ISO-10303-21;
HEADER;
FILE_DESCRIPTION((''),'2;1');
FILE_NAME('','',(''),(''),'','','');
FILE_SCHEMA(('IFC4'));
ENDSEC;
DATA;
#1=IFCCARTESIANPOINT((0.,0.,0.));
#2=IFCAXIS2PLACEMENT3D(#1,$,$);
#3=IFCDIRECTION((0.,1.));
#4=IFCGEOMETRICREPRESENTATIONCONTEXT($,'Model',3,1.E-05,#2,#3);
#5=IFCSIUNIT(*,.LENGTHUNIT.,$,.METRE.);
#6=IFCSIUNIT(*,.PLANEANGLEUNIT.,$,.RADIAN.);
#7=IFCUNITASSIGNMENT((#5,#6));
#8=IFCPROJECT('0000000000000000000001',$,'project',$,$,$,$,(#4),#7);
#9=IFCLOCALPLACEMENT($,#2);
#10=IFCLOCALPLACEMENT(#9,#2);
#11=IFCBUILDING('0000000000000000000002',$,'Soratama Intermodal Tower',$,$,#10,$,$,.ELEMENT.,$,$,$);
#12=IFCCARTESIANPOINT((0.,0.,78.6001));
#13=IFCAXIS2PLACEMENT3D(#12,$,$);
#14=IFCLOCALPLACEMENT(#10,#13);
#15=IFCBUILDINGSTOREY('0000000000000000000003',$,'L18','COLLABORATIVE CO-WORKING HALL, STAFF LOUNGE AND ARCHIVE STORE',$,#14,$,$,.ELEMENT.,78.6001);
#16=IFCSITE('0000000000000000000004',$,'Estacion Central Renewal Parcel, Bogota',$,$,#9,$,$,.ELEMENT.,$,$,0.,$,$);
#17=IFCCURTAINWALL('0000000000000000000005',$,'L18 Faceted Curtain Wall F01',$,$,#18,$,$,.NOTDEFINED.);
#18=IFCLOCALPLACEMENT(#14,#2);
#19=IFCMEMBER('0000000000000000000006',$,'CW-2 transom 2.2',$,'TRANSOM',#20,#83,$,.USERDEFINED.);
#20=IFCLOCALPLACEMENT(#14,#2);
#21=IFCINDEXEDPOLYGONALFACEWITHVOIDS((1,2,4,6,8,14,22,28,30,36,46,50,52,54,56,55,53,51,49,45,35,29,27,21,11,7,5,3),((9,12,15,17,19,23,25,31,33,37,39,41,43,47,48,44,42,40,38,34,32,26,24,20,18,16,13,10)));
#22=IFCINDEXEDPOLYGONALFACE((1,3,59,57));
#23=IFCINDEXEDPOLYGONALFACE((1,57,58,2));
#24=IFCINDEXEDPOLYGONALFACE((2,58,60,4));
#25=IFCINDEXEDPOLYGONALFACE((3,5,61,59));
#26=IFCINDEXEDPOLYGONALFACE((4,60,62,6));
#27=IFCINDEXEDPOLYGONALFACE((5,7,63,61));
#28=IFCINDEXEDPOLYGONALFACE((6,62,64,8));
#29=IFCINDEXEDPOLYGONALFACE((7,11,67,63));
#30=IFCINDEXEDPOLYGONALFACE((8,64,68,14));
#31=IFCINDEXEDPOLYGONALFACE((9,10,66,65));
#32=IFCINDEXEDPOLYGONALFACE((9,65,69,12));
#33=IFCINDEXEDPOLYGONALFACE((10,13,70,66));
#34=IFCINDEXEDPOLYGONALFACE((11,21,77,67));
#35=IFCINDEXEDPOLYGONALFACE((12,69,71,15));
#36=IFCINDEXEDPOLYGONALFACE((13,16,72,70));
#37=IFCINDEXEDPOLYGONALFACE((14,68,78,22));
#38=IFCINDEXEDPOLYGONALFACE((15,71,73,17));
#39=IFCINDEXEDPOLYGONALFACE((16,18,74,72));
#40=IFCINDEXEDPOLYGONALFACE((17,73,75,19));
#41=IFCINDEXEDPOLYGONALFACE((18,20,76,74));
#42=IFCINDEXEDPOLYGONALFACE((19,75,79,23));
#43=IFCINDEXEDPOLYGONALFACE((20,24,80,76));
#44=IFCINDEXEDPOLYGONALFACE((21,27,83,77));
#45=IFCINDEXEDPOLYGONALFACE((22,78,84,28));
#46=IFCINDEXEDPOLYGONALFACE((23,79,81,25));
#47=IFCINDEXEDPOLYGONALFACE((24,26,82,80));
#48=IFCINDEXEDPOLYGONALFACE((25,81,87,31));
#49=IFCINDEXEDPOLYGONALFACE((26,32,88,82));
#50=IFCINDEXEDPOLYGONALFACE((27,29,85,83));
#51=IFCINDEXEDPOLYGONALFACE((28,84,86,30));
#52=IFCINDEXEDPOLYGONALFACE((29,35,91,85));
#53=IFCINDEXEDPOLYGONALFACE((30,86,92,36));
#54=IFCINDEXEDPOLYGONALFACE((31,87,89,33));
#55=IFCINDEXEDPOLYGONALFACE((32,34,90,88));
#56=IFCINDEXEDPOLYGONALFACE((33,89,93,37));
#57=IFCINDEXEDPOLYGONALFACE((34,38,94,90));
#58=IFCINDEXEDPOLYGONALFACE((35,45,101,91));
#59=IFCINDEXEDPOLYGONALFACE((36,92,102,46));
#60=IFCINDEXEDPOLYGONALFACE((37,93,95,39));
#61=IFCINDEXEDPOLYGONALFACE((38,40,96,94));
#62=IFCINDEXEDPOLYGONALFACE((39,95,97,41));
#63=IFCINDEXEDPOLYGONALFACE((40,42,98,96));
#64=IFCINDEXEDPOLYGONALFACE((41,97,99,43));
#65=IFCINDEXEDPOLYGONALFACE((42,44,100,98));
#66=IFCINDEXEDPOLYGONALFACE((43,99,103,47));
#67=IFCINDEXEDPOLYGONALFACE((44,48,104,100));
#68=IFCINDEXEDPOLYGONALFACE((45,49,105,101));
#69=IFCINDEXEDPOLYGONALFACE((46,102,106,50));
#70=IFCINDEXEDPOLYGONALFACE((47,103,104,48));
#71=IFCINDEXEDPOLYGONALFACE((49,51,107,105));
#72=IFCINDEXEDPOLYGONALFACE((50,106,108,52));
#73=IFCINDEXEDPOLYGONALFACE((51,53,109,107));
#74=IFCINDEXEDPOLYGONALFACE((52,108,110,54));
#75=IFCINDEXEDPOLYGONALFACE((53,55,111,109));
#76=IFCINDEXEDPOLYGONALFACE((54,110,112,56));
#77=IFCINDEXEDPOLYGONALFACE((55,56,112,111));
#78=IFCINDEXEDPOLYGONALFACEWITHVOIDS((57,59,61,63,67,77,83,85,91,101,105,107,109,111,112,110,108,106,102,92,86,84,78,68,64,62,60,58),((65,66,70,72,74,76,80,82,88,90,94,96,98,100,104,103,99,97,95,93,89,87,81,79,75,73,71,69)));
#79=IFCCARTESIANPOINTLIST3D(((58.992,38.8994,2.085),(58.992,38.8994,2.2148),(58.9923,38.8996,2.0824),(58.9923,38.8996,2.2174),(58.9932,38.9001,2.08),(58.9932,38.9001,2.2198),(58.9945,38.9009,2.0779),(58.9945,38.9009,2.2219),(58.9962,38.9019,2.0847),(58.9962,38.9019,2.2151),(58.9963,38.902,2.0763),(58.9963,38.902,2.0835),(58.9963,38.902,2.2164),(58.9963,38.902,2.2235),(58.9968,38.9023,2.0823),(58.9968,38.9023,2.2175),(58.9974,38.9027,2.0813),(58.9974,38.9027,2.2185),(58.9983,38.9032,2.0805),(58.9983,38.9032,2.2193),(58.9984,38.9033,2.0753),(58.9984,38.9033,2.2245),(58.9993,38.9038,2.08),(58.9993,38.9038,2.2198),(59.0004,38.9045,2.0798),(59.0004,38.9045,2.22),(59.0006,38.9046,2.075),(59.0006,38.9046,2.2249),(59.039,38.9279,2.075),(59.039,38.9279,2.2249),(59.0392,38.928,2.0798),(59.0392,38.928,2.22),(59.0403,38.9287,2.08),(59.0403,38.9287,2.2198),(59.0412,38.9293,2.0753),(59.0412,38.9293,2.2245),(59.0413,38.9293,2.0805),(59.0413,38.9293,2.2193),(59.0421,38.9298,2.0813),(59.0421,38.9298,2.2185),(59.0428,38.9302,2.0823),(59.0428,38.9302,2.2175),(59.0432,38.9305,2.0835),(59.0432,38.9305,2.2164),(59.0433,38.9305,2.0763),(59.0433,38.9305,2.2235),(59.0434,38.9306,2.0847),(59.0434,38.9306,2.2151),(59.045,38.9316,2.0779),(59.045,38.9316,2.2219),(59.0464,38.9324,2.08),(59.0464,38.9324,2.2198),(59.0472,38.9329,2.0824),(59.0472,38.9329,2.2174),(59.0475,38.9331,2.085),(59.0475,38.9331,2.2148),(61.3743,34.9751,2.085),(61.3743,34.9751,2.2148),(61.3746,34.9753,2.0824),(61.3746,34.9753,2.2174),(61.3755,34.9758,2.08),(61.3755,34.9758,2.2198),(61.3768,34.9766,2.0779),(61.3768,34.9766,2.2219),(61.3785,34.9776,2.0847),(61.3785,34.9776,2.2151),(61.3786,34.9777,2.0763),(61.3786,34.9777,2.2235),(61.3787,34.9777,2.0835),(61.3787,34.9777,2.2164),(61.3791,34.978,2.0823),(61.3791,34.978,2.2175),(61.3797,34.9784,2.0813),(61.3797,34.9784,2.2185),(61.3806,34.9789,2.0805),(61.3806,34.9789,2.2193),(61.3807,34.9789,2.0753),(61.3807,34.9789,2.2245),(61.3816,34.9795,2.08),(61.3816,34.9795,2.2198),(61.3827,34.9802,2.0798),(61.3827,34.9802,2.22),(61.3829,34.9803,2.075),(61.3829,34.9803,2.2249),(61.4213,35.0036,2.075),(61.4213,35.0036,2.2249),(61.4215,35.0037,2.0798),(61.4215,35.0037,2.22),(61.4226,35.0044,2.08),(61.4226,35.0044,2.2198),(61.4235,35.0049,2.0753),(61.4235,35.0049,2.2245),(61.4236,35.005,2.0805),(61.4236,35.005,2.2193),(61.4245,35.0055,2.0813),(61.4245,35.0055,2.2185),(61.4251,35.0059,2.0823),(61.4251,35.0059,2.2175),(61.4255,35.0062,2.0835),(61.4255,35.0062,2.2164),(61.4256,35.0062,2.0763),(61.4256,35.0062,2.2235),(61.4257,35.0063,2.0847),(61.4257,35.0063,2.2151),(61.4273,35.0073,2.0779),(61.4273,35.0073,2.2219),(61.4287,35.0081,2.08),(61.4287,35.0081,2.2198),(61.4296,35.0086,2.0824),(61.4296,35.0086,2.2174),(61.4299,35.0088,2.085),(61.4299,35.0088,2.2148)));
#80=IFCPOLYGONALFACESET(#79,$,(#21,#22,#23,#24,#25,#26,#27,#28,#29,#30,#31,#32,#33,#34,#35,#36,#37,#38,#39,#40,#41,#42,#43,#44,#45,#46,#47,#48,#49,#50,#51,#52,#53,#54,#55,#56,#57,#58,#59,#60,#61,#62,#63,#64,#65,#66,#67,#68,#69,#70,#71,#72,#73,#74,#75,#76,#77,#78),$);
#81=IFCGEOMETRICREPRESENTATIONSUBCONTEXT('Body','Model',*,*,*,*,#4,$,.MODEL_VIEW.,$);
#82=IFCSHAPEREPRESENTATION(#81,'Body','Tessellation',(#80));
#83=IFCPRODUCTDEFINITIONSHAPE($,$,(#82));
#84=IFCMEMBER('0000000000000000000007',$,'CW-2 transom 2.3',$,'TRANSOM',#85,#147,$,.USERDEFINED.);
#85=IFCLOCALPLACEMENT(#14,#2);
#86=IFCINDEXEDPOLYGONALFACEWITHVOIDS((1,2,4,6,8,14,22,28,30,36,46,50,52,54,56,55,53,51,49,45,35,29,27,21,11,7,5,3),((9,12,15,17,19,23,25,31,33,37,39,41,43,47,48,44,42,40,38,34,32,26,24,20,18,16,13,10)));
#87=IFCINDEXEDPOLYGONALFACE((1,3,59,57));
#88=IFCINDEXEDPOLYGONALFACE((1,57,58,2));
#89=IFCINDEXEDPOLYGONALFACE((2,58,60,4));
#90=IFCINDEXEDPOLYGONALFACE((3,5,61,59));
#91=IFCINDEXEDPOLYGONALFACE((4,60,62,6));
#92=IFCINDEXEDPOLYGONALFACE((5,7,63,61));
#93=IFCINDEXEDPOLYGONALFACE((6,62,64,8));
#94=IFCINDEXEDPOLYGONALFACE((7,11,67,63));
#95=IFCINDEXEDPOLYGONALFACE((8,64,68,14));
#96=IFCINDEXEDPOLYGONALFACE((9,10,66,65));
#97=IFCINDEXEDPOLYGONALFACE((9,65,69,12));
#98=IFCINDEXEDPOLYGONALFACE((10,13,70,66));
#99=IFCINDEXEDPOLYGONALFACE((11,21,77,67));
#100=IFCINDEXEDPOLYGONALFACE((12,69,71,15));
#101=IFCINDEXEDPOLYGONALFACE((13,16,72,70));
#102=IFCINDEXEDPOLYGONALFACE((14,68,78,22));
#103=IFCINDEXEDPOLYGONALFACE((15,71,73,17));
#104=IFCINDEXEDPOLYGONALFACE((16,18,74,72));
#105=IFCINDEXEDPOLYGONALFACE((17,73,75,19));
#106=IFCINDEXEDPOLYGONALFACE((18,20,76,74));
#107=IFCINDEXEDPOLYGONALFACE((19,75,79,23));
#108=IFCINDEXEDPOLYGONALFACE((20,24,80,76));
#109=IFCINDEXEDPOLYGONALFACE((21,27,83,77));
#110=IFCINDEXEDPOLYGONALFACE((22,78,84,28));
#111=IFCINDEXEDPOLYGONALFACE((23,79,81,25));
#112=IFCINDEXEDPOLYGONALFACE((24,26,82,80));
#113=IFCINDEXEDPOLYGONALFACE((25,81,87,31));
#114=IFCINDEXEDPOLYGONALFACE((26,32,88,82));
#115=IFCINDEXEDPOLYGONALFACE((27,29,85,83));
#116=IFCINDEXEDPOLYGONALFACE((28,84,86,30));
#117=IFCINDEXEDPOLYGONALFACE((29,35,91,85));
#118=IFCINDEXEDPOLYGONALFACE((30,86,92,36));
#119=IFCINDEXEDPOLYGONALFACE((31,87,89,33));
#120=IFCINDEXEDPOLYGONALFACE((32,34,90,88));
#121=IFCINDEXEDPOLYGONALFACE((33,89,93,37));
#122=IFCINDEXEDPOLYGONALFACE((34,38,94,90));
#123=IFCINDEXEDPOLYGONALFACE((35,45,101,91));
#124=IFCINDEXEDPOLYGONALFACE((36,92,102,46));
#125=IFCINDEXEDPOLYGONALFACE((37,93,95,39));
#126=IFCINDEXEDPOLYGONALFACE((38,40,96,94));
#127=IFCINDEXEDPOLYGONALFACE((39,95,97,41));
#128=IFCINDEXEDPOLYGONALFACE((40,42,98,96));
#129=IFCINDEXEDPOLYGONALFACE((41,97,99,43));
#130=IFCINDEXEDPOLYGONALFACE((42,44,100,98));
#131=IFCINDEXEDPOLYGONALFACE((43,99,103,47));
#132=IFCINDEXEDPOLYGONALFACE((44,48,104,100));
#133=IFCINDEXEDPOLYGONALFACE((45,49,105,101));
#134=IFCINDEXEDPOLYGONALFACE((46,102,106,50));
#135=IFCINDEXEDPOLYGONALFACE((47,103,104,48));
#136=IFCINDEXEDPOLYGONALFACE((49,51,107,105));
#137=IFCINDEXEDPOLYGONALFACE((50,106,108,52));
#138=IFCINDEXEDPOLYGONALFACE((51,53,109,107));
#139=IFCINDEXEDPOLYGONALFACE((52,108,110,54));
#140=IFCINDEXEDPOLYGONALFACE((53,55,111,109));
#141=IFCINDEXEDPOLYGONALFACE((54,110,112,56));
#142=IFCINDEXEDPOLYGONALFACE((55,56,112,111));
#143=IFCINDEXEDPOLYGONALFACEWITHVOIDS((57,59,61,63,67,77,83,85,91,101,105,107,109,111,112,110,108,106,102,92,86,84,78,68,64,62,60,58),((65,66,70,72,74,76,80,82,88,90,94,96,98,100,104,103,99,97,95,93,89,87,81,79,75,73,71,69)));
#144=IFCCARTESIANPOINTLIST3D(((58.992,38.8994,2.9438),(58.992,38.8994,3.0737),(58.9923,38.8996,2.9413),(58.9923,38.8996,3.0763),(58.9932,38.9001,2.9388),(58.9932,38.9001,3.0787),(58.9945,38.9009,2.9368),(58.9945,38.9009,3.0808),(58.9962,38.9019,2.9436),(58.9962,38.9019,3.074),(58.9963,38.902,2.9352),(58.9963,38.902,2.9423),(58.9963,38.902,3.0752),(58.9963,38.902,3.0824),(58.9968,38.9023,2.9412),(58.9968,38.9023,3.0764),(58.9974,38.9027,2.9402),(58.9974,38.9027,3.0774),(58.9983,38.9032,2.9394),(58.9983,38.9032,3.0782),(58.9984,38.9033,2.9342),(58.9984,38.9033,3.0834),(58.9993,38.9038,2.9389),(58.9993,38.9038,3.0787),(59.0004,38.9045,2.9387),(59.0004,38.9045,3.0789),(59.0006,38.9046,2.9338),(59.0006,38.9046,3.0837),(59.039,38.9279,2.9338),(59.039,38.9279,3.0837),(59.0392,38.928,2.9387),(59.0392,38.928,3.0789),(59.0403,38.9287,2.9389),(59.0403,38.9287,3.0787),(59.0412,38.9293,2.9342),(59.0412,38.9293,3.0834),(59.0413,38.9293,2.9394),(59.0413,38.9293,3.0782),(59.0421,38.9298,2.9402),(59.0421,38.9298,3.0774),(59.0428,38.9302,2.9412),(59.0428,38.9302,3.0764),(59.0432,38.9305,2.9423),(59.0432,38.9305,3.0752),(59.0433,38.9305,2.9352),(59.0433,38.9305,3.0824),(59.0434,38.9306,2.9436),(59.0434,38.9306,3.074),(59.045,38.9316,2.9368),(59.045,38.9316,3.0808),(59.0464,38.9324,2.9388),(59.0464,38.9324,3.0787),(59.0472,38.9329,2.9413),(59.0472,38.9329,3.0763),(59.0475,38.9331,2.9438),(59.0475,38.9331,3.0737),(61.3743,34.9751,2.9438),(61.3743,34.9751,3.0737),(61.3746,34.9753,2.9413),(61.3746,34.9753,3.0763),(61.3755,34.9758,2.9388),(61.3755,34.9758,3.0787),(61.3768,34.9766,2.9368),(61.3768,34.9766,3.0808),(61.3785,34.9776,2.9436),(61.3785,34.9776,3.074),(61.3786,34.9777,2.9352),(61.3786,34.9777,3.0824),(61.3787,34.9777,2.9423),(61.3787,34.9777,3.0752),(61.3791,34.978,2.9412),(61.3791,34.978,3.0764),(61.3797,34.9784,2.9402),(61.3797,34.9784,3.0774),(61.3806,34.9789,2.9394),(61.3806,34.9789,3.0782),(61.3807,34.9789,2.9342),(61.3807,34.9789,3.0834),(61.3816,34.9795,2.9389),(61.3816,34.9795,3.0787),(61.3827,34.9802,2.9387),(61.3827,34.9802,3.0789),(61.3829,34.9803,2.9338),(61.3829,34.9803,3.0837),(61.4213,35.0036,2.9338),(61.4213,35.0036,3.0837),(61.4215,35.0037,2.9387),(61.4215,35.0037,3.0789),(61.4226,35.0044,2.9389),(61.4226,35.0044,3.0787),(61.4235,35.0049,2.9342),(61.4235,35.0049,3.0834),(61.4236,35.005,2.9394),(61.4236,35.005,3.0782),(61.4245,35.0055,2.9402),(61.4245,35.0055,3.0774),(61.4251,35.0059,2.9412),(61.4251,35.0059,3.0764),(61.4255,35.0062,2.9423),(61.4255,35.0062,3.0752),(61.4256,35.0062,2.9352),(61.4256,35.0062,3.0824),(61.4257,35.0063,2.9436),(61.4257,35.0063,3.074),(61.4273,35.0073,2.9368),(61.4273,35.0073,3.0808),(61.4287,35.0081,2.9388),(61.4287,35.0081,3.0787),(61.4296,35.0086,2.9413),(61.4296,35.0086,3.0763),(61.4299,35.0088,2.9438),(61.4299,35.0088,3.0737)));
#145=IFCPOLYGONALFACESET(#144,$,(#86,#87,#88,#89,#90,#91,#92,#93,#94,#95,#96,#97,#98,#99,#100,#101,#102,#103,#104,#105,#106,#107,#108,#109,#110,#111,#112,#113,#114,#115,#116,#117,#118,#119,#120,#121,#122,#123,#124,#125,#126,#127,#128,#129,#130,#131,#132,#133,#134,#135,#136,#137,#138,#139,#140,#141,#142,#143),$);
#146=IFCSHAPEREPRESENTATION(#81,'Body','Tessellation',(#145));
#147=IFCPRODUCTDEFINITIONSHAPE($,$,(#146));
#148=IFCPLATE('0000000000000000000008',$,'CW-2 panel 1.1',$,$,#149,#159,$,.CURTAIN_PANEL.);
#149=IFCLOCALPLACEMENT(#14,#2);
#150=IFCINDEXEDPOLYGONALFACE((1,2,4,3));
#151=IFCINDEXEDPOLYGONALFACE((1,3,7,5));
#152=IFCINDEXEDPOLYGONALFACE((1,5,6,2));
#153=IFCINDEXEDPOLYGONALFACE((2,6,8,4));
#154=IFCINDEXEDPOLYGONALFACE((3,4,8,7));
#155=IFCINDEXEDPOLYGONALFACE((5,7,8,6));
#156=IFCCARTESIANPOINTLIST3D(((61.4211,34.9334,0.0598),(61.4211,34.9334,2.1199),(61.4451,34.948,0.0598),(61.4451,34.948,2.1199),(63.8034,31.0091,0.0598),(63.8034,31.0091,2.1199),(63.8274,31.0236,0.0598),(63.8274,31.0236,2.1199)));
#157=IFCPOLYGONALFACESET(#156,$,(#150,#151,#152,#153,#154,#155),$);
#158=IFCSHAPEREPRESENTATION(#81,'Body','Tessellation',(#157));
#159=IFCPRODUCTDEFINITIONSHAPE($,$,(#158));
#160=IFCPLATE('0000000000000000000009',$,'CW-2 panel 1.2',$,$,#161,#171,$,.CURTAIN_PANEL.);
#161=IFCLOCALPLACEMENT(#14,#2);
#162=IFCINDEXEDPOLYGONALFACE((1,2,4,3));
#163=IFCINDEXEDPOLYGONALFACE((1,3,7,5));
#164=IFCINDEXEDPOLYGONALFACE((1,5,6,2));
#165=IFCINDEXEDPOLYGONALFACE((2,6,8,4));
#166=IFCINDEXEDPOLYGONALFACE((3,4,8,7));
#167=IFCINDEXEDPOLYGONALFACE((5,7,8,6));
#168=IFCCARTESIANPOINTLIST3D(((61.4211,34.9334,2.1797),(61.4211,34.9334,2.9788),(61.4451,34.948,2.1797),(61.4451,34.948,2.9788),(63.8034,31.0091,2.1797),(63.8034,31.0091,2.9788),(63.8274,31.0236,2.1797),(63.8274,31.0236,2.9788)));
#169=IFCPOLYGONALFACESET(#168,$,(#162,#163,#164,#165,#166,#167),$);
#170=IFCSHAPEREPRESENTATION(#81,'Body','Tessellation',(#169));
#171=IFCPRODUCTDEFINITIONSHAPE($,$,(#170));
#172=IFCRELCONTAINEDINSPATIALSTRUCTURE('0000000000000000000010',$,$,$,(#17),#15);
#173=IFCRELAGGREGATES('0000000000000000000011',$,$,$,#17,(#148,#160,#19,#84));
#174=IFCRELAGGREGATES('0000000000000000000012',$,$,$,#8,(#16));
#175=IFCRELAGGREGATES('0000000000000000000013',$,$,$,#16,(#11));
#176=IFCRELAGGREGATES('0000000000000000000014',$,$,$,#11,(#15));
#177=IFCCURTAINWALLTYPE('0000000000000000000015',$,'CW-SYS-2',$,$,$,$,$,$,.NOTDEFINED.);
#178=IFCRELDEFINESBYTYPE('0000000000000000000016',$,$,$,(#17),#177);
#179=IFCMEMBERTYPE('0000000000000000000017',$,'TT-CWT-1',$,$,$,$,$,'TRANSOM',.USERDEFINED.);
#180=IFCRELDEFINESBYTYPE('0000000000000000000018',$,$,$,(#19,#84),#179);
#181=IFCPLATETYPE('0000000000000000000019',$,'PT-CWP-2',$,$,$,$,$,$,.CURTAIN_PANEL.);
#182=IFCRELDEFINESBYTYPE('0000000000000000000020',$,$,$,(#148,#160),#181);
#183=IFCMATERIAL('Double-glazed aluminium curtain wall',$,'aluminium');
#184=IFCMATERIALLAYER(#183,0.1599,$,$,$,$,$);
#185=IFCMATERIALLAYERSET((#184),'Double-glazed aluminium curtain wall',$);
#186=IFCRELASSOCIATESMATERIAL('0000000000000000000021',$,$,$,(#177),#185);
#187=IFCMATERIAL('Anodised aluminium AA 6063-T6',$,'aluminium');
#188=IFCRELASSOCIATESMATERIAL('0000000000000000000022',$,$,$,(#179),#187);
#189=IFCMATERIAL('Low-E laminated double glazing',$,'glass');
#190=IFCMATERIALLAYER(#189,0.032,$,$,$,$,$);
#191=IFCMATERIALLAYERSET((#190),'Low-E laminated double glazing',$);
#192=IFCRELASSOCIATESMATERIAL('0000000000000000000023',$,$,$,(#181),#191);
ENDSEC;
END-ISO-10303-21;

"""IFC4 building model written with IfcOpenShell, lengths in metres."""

from ifc_helpers import new_model, si_unit, direction, frame, origin, origin_2d, place, context, subcontext, project, spatial, rectangle, hollow_rectangle, extrude, material, layer, layer_set, material_profile, profile_set, type_object, element, aggregate, save


model = new_model("IFC4")

# Units and contexts
model_context = context("Model", 3, precision=1e-05, world=origin(), true_north=direction((0.0, 1.0)))
body_context = subcontext(model_context, "Body", "Model", "MODEL_VIEW")
ifc_project = project(units=[si_unit("LENGTHUNIT", "METRE"), si_unit("PLANEANGLEUNIT", "RADIAN")], contexts=[model_context])

# Site, building, storey
site_placement = place(None, origin())
site = spatial("IfcSite", under=ifc_project, at=site_placement, Name="Estacion Central Renewal Parcel, Bogota", CompositionType="ELEMENT", RefElevation=0.0)
building_placement = place(site_placement, origin())
building = spatial("IfcBuilding", under=site, at=building_placement, Name="Soratama Intermodal Tower", CompositionType="ELEMENT")
storey_placement = place(building_placement, frame((0.0, 0.0, 78.6001)))
storey = spatial("IfcBuildingStorey", under=building, at=storey_placement, Name="L18", Description="COLLABORATIVE CO-WORKING HALL, STAFF LOUNGE AND ARCHIVE STORE", CompositionType="ELEMENT", Elevation=78.6001)

# Curtain wall, members, plates
ifc_material_1 = material(Name="Double-glazed aluminium curtain wall", Category="aluminium")
ifc_layer_1 = layer(ifc_material_1, 0.1599)
ifc_layer_set_1 = layer_set([ifc_layer_1], Name="Double-glazed aluminium curtain wall")
curtain_wall_type = type_object("IfcCurtainWallType", Name="CW-SYS-2", PredefinedType="NOTDEFINED", material=ifc_layer_set_1)
curtain_wall_placement = place(storey_placement, origin())
curtain_wall = element("IfcCurtainWall", 1, at=curtain_wall_placement, inside=storey, type_object=curtain_wall_type, Name="L18 Faceted Curtain Wall F01", PredefinedType="NOTDEFINED")
ifc_material_2 = material(Name="Anodised aluminium AA 6063-T6", Category="aluminium")
ifc_material_profile_1 = material_profile(ifc_material_2, hollow_rectangle(XDim=0.0649, YDim=0.1499, WallThickness=0.0049, InnerFilletRadius=0.0049, OuterFilletRadius=0.01, at=origin_2d()), Name="CWT150X65X5")
ifc_profile_set_1 = profile_set([ifc_material_profile_1], Name="Anodised aluminium AA 6063-T6")
member_type_1 = type_object("IfcMemberType", Name="TT-CWT-1", ElementType="TRANSOM", PredefinedType="USERDEFINED", material=ifc_profile_set_1)
member_1_placement = place(storey_placement, frame((61.4021, 34.9919, 2.1499), z_axis=(-0.518931, 0.854816, 0.0), x_axis=(-0.854816, -0.518931, 0.0)))
member_1 = element("IfcMember", 2, at=member_1_placement, type_object=member_type_1, Name="CW-2 transom 2.2", ObjectType="TRANSOM", PredefinedType="USERDEFINED", context=body_context, shape_type="SweptSolid", body=[
    extrude(hollow_rectangle(XDim=0.0649, YDim=0.1499, WallThickness=0.0049, InnerFilletRadius=0.0049, OuterFilletRadius=0.01, at=origin_2d()), origin(), (0.0, 0.0, 1.0), 4.5908),
])
member_2_placement = place(storey_placement, frame((61.4021, 34.9919, 3.0088), z_axis=(-0.518931, 0.854816, 0.0), x_axis=(-0.854816, -0.518931, 0.0)))
member_2 = element("IfcMember", 3, at=member_2_placement, type_object=member_type_1, Name="CW-2 transom 2.3", ObjectType="TRANSOM", PredefinedType="USERDEFINED", context=body_context, shape_type="SweptSolid", body=[
    extrude(hollow_rectangle(XDim=0.0649, YDim=0.1499, WallThickness=0.0049, InnerFilletRadius=0.0049, OuterFilletRadius=0.01, at=origin_2d()), origin(), (0.0, 0.0, 1.0), 4.5908),
])
ifc_material_3 = material(Name="Low-E laminated double glazing", Category="glass")
ifc_layer_2 = layer(ifc_material_3, 0.032)
ifc_layer_set_2 = layer_set([ifc_layer_2], Name="Low-E laminated double glazing")
plate_type = type_object("IfcPlateType", Name="PT-CWP-2", PredefinedType="CURTAIN_PANEL", material=ifc_layer_set_2)
plate_1_placement = place(storey_placement, frame((62.6243, 32.9785, 0.0598), z_axis=(0.0, 0.0, 1.0), x_axis=(-0.518923, 0.854821, 0.0)))
plate_1 = element("IfcPlate", 4, at=plate_1_placement, type_object=plate_type, Name="CW-2 panel 1.1", PredefinedType="CURTAIN_PANEL", context=body_context, shape_type="SweptSolid", body=[
    extrude(rectangle(XDim=4.5908, YDim=0.0281, at=origin_2d()), origin(), (0.0, 0.0, 1.0), 2.0601),
])
plate_2_placement = place(storey_placement, frame((62.6243, 32.9785, 2.1797), z_axis=(0.0, 0.0, 1.0), x_axis=(-0.518923, 0.854821, 0.0)))
plate_2 = element("IfcPlate", 5, at=plate_2_placement, type_object=plate_type, Name="CW-2 panel 1.2", PredefinedType="CURTAIN_PANEL", context=body_context, shape_type="SweptSolid", body=[
    extrude(rectangle(XDim=4.5908, YDim=0.0281, at=origin_2d()), origin(), (0.0, 0.0, 1.0), 0.7991),
])
aggregate(curtain_wall, [plate_1, plate_2, member_1, member_2])

save(model, "model.ifc")
